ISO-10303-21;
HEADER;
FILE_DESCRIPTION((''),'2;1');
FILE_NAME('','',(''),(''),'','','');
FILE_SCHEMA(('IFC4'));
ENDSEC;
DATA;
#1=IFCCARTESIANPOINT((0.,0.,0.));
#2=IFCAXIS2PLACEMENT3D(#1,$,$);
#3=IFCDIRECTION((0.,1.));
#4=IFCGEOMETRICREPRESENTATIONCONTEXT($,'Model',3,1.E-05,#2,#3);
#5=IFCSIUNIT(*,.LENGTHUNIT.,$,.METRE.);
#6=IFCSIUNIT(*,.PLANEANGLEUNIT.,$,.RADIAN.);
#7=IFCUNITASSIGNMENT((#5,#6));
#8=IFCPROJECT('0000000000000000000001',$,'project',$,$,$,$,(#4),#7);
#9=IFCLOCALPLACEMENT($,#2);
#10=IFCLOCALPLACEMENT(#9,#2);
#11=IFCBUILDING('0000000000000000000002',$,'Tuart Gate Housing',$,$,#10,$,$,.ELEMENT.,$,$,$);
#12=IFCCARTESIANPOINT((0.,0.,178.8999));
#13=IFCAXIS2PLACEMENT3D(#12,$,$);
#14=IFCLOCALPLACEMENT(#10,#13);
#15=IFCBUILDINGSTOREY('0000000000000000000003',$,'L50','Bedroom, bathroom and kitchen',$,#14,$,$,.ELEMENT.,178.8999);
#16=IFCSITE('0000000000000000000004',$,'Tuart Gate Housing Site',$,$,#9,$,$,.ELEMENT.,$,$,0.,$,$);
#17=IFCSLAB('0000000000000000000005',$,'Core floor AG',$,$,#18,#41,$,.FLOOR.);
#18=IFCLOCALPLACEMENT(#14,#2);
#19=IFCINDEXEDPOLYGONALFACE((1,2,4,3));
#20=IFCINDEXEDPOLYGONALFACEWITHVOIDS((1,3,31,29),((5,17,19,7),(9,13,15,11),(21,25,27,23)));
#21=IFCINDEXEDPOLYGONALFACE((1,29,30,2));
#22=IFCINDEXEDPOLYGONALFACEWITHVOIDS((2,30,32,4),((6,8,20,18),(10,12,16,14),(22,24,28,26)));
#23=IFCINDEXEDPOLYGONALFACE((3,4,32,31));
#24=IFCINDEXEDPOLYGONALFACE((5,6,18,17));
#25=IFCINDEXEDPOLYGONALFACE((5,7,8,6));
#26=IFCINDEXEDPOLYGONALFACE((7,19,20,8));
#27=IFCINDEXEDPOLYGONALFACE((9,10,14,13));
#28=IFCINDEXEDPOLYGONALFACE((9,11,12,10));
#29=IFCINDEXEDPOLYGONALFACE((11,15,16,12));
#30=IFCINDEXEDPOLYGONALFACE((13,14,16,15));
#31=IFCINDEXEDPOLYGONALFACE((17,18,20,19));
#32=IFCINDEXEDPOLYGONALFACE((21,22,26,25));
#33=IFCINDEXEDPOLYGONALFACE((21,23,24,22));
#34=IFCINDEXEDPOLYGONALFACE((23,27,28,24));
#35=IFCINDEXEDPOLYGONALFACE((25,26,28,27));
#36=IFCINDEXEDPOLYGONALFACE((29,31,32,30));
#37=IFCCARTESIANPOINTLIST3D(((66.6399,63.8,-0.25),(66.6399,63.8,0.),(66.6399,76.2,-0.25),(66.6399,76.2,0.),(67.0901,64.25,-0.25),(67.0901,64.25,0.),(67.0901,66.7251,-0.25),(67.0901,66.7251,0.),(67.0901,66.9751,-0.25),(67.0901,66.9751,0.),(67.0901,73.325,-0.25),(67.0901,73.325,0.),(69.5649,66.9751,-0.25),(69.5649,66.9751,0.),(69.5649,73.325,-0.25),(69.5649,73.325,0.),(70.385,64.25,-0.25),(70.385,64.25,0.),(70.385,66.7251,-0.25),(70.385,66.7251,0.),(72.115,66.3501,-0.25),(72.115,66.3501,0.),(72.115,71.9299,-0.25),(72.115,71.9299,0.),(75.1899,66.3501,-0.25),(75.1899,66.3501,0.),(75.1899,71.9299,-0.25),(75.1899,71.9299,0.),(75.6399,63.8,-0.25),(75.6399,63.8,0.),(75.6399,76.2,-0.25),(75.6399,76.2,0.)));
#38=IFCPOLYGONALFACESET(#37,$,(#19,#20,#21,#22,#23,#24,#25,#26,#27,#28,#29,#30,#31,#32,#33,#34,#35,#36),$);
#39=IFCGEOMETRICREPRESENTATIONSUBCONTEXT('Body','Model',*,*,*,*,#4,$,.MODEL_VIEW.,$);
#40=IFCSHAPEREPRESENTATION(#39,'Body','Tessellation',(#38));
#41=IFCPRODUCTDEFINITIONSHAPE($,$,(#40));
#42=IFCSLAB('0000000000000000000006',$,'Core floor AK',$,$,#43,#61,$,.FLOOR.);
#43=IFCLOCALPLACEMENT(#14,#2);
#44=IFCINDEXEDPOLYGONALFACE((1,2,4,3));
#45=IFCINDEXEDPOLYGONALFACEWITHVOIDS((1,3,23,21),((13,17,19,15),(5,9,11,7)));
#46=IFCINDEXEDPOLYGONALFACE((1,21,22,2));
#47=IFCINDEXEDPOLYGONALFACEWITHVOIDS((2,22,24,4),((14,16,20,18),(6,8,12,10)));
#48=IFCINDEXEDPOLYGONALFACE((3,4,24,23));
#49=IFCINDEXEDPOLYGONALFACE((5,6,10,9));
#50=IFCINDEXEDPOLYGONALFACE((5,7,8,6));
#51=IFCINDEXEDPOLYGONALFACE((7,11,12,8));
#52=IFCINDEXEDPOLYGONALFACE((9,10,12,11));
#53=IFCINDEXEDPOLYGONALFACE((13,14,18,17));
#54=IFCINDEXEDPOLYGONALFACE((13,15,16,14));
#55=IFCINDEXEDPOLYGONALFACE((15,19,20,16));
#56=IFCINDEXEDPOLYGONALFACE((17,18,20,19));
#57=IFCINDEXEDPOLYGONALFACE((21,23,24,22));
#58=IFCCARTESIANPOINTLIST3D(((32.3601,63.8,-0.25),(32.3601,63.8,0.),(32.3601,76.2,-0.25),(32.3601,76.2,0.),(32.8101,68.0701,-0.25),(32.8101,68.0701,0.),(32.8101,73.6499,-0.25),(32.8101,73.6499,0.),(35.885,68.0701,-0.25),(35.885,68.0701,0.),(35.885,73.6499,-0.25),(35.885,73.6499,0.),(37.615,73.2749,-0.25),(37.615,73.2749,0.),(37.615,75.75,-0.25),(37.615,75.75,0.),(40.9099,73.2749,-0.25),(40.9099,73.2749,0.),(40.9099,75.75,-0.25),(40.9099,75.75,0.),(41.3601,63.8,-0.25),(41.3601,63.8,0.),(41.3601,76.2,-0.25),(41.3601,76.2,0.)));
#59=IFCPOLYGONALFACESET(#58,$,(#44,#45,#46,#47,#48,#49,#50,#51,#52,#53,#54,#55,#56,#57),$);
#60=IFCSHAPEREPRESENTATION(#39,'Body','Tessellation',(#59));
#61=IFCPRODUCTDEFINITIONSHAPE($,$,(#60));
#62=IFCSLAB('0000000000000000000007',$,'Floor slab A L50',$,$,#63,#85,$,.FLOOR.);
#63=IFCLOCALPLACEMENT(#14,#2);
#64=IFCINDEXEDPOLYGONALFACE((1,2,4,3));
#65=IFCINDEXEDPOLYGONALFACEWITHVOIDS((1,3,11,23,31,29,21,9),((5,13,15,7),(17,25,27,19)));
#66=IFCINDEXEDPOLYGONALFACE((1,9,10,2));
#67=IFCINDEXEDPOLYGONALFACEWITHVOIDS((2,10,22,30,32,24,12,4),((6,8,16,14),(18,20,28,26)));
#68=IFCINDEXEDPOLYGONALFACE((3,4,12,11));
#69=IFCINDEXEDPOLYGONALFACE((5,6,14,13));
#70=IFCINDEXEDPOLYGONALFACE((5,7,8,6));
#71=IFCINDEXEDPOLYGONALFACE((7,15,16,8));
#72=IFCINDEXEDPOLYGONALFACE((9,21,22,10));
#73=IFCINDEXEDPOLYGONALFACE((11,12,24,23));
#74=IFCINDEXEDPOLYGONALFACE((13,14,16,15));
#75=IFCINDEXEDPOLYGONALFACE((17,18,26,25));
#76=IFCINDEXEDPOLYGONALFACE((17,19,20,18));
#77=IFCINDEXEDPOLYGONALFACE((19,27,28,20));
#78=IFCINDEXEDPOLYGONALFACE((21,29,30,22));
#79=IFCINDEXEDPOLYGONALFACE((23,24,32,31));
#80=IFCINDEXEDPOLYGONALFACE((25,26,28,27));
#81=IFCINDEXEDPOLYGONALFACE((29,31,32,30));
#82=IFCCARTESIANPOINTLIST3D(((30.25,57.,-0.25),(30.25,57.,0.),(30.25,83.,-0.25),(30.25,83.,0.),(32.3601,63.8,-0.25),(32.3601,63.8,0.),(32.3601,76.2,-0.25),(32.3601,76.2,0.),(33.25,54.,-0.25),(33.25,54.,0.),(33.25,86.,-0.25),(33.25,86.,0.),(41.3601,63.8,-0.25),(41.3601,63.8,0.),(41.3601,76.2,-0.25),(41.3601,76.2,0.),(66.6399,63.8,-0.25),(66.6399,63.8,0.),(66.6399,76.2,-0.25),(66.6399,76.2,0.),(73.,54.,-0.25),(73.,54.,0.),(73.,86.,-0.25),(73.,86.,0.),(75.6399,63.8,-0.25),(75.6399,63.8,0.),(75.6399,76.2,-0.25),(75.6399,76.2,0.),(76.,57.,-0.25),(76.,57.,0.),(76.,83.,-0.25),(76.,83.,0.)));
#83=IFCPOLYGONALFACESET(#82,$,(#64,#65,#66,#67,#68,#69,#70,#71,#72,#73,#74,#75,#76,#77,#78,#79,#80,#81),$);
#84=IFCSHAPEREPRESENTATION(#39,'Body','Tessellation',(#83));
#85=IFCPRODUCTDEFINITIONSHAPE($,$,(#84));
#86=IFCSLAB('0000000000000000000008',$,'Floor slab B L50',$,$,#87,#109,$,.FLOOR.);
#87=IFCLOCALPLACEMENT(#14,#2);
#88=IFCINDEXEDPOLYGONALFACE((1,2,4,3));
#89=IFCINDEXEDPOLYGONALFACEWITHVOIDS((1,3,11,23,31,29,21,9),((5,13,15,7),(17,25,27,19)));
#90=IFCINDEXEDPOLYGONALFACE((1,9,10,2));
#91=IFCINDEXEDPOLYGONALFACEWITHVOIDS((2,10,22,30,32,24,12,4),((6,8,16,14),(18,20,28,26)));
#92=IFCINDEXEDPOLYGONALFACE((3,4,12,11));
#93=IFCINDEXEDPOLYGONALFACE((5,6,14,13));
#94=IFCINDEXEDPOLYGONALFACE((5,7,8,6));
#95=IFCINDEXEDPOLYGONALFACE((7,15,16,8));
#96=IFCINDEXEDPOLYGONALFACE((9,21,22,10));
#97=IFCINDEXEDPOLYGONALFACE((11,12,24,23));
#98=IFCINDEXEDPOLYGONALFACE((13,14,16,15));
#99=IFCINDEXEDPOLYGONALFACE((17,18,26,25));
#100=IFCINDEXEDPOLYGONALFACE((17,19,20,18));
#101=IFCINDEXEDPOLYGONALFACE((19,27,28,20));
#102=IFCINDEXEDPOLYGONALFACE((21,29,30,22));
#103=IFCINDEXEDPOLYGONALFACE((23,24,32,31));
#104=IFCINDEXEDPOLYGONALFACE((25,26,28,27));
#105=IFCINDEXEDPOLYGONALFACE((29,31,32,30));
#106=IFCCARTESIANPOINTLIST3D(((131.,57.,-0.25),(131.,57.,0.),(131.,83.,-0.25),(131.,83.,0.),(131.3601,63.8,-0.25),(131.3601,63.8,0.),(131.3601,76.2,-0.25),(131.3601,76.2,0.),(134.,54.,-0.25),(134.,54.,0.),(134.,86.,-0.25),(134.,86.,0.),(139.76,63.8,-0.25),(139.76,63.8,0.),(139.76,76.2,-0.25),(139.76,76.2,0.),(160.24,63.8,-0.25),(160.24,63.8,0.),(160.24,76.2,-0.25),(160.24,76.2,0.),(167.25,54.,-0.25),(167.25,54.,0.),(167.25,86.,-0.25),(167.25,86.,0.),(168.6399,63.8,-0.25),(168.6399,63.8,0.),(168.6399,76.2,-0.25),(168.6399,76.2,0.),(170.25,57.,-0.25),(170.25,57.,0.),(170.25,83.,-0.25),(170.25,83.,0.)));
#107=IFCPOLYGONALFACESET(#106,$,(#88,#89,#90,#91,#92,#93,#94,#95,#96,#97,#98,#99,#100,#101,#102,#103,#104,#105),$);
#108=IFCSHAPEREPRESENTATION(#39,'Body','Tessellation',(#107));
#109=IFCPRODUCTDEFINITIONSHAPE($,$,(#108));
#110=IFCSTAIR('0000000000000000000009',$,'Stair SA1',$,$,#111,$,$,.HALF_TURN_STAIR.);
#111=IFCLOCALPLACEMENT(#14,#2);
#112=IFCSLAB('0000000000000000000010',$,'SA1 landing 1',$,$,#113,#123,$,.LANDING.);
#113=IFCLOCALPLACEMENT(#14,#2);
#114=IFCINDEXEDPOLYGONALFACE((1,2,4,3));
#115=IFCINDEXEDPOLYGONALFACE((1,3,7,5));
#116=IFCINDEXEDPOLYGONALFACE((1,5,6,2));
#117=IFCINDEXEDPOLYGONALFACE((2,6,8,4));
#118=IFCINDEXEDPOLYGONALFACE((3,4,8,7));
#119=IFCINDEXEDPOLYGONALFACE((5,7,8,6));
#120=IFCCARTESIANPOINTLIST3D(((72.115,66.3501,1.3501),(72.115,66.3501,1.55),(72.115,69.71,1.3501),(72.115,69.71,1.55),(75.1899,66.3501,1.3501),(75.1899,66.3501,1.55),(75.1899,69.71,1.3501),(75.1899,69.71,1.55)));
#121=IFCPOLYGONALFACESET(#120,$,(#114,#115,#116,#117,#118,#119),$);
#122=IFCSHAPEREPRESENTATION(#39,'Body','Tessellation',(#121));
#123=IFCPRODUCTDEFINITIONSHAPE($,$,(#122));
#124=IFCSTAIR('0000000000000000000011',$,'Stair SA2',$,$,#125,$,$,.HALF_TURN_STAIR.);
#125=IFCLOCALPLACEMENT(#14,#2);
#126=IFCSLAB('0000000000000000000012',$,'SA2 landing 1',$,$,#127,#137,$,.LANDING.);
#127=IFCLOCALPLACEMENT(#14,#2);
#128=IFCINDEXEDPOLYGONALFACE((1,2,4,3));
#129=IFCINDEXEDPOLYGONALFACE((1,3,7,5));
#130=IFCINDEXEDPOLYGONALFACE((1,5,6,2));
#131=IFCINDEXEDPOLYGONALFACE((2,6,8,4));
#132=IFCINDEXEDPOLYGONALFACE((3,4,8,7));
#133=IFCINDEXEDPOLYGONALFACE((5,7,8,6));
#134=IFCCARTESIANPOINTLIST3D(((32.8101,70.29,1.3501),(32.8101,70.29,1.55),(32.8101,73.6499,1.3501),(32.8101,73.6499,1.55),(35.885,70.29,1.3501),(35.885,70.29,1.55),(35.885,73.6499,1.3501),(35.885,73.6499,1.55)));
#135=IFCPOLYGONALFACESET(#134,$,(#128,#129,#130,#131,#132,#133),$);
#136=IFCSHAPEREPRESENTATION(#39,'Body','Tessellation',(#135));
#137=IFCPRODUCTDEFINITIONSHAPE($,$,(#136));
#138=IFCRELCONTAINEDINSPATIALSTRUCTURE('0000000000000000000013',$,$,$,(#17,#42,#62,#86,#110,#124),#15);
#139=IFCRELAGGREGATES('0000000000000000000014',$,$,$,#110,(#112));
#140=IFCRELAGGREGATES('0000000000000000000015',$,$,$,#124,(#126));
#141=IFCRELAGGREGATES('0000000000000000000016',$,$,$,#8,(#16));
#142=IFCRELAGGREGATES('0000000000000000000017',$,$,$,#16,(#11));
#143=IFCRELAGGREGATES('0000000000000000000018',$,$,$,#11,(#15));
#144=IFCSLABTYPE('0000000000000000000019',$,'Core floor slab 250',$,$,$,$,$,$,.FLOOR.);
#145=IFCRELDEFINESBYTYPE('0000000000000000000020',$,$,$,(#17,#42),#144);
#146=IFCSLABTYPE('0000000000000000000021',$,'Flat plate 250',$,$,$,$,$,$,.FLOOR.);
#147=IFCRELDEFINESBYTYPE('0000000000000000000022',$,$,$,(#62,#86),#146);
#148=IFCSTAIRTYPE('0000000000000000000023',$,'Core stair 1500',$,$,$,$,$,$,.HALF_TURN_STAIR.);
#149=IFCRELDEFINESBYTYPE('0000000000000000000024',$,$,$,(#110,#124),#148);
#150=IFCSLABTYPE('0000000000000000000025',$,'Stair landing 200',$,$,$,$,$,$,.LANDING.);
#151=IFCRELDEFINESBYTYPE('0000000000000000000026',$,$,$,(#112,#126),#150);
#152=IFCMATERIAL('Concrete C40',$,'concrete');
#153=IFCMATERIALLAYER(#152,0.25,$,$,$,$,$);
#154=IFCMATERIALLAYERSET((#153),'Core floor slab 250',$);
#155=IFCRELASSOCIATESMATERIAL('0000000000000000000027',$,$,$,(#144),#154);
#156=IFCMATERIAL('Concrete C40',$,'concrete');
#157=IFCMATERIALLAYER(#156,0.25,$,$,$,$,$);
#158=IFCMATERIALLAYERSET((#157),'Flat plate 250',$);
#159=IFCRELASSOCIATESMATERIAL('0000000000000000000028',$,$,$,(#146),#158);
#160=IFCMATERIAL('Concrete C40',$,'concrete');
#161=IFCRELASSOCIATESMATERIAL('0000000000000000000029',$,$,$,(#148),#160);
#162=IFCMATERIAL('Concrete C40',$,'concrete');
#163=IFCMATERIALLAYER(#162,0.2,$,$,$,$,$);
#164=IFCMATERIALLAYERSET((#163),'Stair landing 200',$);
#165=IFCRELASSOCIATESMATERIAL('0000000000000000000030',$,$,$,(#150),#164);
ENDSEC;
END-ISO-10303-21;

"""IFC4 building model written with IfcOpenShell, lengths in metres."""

from ifc_helpers import new_model, si_unit, direction, frame, origin, place, context, subcontext, project, spatial, polyline, outline, extrude, material, layer, layer_set, type_object, element, aggregate, save


model = new_model("IFC4")

# Units and contexts
model_context = context("Model", 3, precision=1e-05, world=origin(), true_north=direction((0.0, 1.0)))
body_context = subcontext(model_context, "Body", "Model", "MODEL_VIEW")
ifc_project = project(units=[si_unit("LENGTHUNIT", "METRE"), si_unit("PLANEANGLEUNIT", "RADIAN")], contexts=[model_context])

# Site, building, storey
site_placement = place(None, origin())
site = spatial("IfcSite", under=ifc_project, at=site_placement, Name="Tuart Gate Housing Site", CompositionType="ELEMENT", RefElevation=0.0)
building_placement = place(site_placement, origin())
building = spatial("IfcBuilding", under=site, at=building_placement, Name="Tuart Gate Housing", CompositionType="ELEMENT")
storey_placement = place(building_placement, frame((0.0, 0.0, 178.8999)))
storey = spatial("IfcBuildingStorey", under=building, at=storey_placement, Name="L50", Description="Bedroom, bathroom and kitchen", CompositionType="ELEMENT", Elevation=178.8999)

# Slabs
ifc_material_1 = material(Name="Concrete C40", Category="concrete")
ifc_layer_1 = layer(ifc_material_1, 0.25)
ifc_layer_set_1 = layer_set([ifc_layer_1], Name="Core floor slab 250")
slab_type_1 = type_object("IfcSlabType", Name="Core floor slab 250", PredefinedType="FLOOR", material=ifc_layer_set_1)
slab_1_placement = place(storey_placement, frame((0.0, 0.0, -0.25)))
element("IfcSlab", 1, at=slab_1_placement, inside=storey, type_object=slab_type_1, Name="Core floor AG", PredefinedType="FLOOR", context=body_context, shape_type="SweptSolid", body=[
    extrude(outline(polyline([(66.6399, 63.8), (75.6399, 63.8), (75.6399, 76.2), (66.6399, 76.2), (66.6399, 63.8)]), holes=[polyline([(67.0901, 64.25), (70.385, 64.25), (70.385, 66.7251), (67.0901, 66.7251), (67.0901, 64.25)]), polyline([(67.0901, 66.9751), (69.5649, 66.9751), (69.5649, 73.325), (67.0901, 73.325), (67.0901, 66.9751)]), polyline([(72.115, 66.3501), (75.1899, 66.3501), (75.1899, 71.9299), (72.115, 71.9299), (72.115, 66.3501)])]), origin(), (0.0, 0.0, 1.0), 0.25),
])
slab_2_placement = place(storey_placement, frame((0.0, 0.0, -0.25)))
element("IfcSlab", 2, at=slab_2_placement, inside=storey, type_object=slab_type_1, Name="Core floor AK", PredefinedType="FLOOR", context=body_context, shape_type="SweptSolid", body=[
    extrude(outline(polyline([(32.3601, 63.8), (41.3601, 63.8), (41.3601, 76.2), (32.3601, 76.2), (32.3601, 63.8)]), holes=[polyline([(40.9099, 75.75), (37.615, 75.75), (37.615, 73.2749), (40.9099, 73.2749), (40.9099, 75.75)]), polyline([(35.885, 73.6499), (32.8101, 73.6499), (32.8101, 68.0701), (35.885, 68.0701), (35.885, 73.6499)])]), origin(), (0.0, 0.0, 1.0), 0.25),
])
ifc_material_2 = material(Name="Concrete C40", Category="concrete")
ifc_layer_2 = layer(ifc_material_2, 0.25)
ifc_layer_set_2 = layer_set([ifc_layer_2], Name="Flat plate 250")
slab_type_2 = type_object("IfcSlabType", Name="Flat plate 250", PredefinedType="FLOOR", material=ifc_layer_set_2)
slab_3_placement = place(storey_placement, frame((0.0, 0.0, -0.25)))
element("IfcSlab", 3, at=slab_3_placement, inside=storey, type_object=slab_type_2, Name="Floor slab A L50", PredefinedType="FLOOR", context=body_context, shape_type="SweptSolid", body=[
    extrude(outline(polyline([(33.25, 86.0), (30.25, 83.0), (30.25, 57.0), (33.25, 54.0), (73.0, 54.0), (76.0, 57.0), (76.0, 83.0), (73.0, 86.0), (33.25, 86.0)]), holes=[polyline([(66.6399, 76.2), (75.6399, 76.2), (75.6399, 63.8), (66.6399, 63.8), (66.6399, 76.2)]), polyline([(41.3601, 76.2), (41.3601, 63.8), (32.3601, 63.8), (32.3601, 76.2), (41.3601, 76.2)])]), origin(), (0.0, 0.0, 1.0), 0.25),
])
slab_4_placement = place(storey_placement, frame((0.0, 0.0, -0.25)))
element("IfcSlab", 4, at=slab_4_placement, inside=storey, type_object=slab_type_2, Name="Floor slab B L50", PredefinedType="FLOOR", context=body_context, shape_type="SweptSolid", body=[
    extrude(outline(polyline([(134.0, 86.0), (131.0, 83.0), (131.0, 57.0), (134.0, 54.0), (167.25, 54.0), (170.25, 57.0), (170.25, 83.0), (167.25, 86.0), (134.0, 86.0)]), holes=[polyline([(131.3601, 76.2), (139.76, 76.2), (139.76, 63.8), (131.3601, 63.8), (131.3601, 76.2)]), polyline([(168.6399, 76.2), (168.6399, 63.8), (160.24, 63.8), (160.24, 76.2), (168.6399, 76.2)])]), origin(), (0.0, 0.0, 1.0), 0.25),
])

# Stairs, slabs
ifc_material_3 = material(Name="Concrete C40", Category="concrete")
stair_type = type_object("IfcStairType", Name="Core stair 1500", PredefinedType="HALF_TURN_STAIR", material=ifc_material_3)
stair_1_placement = place(storey_placement, origin())
stair_1 = element("IfcStair", 5, at=stair_1_placement, inside=storey, type_object=stair_type, Name="Stair SA1", PredefinedType="HALF_TURN_STAIR")
ifc_material_4 = material(Name="Concrete C40", Category="concrete")
ifc_layer_3 = layer(ifc_material_4, 0.2)
ifc_layer_set_3 = layer_set([ifc_layer_3], Name="Stair landing 200")
slab_type_3 = type_object("IfcSlabType", Name="Stair landing 200", PredefinedType="LANDING", material=ifc_layer_set_3)
slab_5_placement = place(storey_placement, frame((0.0, 0.0, 1.3501)))
slab_5 = element("IfcSlab", 6, at=slab_5_placement, type_object=slab_type_3, Name="SA1 landing 1", PredefinedType="LANDING", context=body_context, shape_type="SweptSolid", body=[
    extrude(outline(polyline([(72.115, 66.3501), (75.1899, 66.3501), (75.1899, 69.71), (72.115, 69.71), (72.115, 66.3501)])), origin(), (0.0, 0.0, 1.0), 0.2),
])
aggregate(stair_1, [slab_5])
stair_2_placement = place(storey_placement, origin())
stair_2 = element("IfcStair", 7, at=stair_2_placement, inside=storey, type_object=stair_type, Name="Stair SA2", PredefinedType="HALF_TURN_STAIR")
slab_6_placement = place(storey_placement, frame((0.0, 0.0, 1.3501)))
slab_6 = element("IfcSlab", 8, at=slab_6_placement, type_object=slab_type_3, Name="SA2 landing 1", PredefinedType="LANDING", context=body_context, shape_type="SweptSolid", body=[
    extrude(outline(polyline([(35.885, 73.6499), (32.8101, 73.6499), (32.8101, 70.29), (35.885, 70.29), (35.885, 73.6499)])), origin(), (0.0, 0.0, 1.0), 0.2),
])
aggregate(stair_2, [slab_6])

save(model, "model.ifc")
